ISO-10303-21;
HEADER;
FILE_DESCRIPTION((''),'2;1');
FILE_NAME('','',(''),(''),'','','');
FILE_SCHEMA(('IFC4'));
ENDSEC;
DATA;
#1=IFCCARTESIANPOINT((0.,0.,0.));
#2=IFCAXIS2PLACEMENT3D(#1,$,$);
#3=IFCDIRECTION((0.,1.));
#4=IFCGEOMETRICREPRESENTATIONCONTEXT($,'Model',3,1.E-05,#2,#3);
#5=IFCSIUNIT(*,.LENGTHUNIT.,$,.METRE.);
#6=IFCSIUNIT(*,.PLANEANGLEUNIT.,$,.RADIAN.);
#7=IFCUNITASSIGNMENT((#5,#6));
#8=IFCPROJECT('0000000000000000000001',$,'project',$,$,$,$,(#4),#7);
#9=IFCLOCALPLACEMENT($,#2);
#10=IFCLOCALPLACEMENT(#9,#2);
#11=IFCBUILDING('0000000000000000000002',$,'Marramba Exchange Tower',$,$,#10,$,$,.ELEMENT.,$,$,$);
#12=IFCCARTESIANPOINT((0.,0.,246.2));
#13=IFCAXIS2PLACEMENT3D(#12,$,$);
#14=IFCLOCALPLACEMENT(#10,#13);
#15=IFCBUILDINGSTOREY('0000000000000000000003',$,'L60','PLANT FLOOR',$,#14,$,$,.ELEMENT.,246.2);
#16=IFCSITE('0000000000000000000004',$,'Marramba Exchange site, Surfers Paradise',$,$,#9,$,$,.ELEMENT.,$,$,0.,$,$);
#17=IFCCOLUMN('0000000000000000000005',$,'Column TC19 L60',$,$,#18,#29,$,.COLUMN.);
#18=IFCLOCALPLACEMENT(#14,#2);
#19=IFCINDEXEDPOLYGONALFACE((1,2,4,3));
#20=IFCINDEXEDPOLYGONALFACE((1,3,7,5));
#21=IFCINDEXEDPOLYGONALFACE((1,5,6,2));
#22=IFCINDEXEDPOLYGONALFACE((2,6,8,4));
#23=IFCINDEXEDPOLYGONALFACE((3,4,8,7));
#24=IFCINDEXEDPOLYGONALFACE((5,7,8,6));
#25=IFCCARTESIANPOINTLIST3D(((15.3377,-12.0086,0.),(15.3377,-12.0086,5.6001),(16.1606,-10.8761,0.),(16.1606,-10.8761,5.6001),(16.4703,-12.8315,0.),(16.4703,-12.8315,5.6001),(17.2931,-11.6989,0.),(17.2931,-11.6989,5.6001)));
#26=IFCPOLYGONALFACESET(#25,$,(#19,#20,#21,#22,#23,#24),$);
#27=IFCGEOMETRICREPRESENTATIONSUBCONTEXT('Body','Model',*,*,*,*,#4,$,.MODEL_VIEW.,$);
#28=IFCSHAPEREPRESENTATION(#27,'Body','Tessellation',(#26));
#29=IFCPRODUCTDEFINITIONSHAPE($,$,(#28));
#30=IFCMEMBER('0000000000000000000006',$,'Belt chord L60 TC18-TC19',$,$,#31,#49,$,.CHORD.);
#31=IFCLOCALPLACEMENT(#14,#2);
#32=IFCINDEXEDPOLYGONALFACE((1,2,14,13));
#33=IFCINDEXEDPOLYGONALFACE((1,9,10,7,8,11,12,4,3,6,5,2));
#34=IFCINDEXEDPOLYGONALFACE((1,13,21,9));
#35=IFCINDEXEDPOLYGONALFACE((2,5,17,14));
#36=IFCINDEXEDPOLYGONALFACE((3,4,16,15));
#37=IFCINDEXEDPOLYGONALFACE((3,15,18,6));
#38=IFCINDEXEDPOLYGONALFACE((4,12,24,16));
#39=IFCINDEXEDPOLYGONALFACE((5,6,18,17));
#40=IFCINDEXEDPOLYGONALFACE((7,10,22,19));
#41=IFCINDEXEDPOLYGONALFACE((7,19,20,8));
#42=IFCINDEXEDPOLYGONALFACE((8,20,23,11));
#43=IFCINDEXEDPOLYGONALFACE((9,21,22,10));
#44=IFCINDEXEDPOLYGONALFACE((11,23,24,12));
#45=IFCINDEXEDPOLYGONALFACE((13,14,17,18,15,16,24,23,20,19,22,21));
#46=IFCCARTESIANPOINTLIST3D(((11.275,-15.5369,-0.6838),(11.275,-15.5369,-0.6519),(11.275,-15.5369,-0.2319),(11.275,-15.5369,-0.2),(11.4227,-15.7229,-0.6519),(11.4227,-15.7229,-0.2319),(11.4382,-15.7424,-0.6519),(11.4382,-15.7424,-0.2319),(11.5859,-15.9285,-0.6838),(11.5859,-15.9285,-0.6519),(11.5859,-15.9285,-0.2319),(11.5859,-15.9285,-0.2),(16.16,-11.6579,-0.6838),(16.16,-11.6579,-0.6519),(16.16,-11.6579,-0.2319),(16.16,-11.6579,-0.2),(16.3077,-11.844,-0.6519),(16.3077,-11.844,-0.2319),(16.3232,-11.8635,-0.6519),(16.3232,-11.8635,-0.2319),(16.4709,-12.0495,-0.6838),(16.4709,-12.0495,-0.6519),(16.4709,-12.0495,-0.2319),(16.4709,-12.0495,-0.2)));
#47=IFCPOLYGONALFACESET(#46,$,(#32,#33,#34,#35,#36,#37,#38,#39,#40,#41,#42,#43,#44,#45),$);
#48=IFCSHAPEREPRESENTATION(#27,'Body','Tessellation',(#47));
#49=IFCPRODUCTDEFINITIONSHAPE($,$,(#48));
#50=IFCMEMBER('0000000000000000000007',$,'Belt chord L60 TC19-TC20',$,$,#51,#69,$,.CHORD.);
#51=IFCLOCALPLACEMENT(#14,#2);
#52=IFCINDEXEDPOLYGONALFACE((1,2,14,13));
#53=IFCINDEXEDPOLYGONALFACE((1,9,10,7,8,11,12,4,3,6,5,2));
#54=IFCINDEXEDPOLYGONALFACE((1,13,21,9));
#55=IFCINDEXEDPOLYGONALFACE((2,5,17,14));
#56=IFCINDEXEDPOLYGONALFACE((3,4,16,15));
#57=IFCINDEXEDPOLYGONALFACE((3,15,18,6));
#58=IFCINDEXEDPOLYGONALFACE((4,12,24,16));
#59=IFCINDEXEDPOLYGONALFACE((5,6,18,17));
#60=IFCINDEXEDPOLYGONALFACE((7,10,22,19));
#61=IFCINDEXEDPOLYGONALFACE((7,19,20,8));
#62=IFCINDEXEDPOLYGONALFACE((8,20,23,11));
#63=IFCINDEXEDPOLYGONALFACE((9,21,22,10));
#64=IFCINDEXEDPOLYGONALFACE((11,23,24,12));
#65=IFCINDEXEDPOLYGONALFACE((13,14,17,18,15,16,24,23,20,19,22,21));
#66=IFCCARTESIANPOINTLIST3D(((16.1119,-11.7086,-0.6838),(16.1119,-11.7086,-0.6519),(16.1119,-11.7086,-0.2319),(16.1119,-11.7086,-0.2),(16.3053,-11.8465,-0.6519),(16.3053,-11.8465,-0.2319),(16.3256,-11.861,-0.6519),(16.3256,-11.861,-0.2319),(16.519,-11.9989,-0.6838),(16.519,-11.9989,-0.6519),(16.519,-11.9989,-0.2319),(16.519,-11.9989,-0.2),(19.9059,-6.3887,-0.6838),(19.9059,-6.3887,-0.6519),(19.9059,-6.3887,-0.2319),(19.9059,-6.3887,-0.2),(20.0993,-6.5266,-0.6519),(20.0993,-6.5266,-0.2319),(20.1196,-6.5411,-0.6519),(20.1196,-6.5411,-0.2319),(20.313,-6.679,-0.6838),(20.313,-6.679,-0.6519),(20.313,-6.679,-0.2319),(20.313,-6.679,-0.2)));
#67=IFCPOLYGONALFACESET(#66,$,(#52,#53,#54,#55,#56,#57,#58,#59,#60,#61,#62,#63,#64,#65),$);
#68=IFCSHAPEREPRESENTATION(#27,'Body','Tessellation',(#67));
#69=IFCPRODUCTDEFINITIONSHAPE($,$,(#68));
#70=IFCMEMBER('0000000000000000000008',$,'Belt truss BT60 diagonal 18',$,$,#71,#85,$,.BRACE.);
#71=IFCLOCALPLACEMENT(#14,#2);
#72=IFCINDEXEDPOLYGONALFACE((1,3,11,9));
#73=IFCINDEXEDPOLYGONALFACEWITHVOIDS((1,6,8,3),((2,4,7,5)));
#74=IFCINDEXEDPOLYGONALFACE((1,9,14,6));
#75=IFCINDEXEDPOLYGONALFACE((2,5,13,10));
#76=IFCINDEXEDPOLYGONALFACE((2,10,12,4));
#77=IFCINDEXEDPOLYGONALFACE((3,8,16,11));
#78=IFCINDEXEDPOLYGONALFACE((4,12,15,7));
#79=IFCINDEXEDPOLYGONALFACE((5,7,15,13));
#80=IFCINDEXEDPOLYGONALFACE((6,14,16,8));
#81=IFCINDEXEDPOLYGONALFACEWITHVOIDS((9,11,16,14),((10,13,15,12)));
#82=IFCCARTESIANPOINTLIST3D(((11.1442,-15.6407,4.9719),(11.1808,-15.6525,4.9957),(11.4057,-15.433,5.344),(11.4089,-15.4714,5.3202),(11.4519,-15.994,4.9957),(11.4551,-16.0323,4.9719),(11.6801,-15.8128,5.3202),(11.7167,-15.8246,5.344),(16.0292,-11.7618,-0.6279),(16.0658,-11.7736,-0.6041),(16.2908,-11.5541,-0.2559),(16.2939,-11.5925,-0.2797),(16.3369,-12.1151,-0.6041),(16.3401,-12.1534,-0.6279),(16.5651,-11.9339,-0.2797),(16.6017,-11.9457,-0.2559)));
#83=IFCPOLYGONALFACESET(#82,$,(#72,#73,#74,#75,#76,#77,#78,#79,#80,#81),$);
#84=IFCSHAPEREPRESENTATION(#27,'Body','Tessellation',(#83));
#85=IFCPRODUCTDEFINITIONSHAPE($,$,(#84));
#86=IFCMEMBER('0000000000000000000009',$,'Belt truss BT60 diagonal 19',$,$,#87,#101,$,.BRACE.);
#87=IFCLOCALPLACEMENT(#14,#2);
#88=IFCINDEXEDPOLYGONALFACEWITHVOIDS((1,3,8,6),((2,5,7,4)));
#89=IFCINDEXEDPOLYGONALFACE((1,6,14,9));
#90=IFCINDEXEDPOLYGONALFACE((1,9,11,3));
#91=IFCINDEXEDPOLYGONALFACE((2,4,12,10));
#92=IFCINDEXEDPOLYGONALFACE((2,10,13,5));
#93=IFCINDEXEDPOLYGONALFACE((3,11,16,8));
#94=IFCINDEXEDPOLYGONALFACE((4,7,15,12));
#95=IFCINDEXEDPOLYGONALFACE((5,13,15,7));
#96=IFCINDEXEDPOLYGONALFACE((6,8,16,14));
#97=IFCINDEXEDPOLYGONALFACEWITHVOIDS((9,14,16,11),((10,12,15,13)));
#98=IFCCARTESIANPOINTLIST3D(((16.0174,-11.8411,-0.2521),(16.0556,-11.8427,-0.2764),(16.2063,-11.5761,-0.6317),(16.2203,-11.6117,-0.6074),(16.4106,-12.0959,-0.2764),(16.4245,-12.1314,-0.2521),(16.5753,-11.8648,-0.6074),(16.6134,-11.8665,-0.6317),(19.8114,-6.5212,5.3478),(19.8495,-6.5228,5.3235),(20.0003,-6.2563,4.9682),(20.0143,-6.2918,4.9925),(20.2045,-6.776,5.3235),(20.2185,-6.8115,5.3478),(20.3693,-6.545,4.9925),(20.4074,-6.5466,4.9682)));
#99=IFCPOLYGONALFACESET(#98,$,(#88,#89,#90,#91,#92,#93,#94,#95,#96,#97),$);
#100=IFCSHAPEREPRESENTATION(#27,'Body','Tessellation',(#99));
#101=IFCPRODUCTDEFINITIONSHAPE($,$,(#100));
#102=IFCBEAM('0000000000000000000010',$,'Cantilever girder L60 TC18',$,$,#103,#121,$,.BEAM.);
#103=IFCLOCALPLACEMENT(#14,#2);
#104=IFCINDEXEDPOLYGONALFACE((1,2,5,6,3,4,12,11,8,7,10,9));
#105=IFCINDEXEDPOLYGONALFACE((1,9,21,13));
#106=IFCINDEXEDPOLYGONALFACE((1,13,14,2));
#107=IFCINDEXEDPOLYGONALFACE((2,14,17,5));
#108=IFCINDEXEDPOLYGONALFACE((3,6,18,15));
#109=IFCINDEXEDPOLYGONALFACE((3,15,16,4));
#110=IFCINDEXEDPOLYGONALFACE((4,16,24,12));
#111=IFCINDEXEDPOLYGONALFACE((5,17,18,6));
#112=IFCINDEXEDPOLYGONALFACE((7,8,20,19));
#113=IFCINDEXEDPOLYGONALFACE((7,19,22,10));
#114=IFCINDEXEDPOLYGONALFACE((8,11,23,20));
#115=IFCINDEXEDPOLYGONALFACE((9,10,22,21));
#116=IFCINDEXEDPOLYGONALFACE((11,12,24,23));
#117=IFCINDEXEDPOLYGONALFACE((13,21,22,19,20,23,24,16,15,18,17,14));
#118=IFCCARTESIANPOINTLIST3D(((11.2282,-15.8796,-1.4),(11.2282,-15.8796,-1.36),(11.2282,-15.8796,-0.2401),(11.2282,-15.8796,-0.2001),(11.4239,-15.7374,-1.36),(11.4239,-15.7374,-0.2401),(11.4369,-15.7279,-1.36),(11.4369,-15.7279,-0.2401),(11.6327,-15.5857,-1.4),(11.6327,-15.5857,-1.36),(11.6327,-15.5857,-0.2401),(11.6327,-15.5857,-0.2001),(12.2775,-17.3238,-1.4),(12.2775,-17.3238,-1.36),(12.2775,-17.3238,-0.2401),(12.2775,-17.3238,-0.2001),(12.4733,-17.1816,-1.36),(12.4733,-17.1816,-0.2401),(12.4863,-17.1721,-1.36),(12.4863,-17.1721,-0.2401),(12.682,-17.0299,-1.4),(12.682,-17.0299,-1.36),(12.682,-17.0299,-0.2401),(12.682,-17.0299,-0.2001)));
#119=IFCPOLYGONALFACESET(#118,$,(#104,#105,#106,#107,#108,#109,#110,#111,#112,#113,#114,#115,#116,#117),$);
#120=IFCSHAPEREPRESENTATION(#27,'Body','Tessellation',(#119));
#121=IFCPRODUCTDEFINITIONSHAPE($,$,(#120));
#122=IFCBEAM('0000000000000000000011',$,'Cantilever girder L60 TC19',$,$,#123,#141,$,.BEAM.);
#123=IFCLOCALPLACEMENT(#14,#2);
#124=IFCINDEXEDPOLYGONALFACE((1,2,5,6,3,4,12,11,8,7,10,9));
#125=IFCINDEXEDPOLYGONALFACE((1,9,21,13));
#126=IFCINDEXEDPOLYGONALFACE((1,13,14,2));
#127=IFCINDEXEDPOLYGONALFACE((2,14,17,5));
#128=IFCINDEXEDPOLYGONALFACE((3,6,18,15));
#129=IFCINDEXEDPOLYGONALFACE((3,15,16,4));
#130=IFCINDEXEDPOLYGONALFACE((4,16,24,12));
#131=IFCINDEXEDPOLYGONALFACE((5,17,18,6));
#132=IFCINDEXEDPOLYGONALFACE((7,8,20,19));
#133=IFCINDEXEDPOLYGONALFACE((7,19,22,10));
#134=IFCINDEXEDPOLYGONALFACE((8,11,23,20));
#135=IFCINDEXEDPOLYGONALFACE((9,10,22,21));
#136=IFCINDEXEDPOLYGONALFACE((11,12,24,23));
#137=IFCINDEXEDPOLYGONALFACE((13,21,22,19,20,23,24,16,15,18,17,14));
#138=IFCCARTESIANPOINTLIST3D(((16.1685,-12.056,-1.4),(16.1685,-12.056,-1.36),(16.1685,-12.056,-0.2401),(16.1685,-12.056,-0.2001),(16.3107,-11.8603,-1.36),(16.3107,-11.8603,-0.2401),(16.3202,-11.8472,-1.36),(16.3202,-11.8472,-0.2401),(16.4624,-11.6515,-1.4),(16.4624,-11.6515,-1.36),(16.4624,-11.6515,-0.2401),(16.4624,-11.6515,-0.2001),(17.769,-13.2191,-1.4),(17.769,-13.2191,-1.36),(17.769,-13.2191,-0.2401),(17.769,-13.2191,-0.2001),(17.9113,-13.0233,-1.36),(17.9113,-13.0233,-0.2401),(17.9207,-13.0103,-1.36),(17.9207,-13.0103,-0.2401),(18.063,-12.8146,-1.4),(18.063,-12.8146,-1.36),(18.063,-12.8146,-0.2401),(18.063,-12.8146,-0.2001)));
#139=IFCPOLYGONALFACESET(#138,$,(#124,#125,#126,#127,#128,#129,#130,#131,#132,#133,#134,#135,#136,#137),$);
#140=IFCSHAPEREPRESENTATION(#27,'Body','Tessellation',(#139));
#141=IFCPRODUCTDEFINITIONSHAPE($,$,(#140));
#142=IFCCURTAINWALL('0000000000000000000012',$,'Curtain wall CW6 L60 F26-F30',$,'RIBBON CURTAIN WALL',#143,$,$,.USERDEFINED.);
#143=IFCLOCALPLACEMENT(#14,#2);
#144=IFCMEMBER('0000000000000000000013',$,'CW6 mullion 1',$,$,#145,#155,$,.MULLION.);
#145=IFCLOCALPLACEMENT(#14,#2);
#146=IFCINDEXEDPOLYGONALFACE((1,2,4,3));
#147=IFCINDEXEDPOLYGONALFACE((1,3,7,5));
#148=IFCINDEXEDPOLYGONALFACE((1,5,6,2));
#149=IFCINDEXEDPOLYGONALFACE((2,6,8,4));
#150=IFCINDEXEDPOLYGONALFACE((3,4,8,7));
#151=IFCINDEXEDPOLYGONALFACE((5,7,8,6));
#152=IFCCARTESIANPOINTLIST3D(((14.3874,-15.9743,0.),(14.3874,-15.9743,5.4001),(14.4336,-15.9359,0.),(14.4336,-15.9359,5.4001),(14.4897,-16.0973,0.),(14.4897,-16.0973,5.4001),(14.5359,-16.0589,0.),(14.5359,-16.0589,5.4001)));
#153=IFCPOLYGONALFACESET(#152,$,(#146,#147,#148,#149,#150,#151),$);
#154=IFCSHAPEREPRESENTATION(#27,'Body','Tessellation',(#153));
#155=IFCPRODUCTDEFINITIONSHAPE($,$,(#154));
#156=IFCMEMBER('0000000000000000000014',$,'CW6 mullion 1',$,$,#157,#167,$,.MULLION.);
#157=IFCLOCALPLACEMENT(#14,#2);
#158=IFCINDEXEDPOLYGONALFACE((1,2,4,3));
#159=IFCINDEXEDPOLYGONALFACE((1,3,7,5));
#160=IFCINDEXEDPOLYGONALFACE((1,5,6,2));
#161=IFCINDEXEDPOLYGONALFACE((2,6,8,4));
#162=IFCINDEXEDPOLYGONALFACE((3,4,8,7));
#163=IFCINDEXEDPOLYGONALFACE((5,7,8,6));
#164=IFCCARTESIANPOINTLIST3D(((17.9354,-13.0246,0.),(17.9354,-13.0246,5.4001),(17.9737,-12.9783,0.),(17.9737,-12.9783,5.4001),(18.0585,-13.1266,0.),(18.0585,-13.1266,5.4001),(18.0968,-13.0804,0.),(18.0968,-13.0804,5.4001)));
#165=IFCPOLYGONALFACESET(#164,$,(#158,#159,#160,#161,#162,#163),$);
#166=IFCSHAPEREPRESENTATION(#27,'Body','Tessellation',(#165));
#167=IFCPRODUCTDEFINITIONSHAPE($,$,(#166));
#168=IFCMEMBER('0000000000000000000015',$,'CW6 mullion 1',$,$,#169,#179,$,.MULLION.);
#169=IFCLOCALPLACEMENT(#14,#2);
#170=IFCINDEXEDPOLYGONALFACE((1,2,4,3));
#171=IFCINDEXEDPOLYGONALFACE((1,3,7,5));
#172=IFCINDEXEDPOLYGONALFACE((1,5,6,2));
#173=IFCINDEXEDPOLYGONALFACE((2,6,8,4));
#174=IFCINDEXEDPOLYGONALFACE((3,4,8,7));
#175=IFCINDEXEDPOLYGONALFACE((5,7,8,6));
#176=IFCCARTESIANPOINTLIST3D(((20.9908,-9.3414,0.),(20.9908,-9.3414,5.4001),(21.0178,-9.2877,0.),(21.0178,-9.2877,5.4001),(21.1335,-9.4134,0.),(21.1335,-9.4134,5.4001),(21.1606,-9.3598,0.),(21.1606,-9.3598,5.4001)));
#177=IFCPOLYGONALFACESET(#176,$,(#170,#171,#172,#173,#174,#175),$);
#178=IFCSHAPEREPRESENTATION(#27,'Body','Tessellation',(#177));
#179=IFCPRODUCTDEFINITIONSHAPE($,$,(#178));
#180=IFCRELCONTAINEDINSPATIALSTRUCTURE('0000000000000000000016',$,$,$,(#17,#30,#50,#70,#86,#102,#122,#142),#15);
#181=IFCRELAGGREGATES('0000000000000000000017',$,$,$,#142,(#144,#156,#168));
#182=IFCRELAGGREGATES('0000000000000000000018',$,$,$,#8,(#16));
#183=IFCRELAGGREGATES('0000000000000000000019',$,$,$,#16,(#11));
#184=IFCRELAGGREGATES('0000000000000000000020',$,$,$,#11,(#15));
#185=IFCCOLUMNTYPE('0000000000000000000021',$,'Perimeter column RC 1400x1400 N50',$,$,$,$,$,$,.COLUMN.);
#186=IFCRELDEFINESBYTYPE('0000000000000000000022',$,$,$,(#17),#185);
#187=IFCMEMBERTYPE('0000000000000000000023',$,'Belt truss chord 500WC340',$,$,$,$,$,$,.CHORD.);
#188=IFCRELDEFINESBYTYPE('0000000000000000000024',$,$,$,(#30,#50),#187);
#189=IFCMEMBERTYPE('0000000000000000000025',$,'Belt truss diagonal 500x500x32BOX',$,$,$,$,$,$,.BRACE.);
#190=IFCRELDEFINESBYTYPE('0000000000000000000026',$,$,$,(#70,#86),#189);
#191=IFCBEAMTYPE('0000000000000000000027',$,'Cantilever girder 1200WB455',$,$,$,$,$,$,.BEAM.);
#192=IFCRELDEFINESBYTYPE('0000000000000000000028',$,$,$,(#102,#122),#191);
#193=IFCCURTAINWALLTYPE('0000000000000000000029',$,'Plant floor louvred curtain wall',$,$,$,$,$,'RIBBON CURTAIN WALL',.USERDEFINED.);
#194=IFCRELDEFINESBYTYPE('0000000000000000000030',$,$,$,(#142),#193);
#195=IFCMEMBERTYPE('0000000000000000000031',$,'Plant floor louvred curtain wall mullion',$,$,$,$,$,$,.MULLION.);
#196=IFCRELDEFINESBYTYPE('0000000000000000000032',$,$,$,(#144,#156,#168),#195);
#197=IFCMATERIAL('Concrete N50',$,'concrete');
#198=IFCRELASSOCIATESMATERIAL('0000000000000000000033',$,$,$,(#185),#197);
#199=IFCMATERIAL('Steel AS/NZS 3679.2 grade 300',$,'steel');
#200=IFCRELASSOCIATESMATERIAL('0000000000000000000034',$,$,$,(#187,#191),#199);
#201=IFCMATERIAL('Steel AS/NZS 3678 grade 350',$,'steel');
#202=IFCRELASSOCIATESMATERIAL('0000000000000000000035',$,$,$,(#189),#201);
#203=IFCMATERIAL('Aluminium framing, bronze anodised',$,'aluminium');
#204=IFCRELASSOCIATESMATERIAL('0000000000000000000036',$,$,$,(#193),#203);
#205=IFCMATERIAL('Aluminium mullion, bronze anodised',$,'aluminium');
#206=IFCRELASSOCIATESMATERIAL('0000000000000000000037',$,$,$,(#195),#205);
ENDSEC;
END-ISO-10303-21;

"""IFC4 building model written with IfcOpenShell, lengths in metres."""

from ifc_helpers import new_model, si_unit, direction, frame, origin, origin_2d, place, context, subcontext, project, spatial, rectangle, hollow_rectangle, i_section, extrude, material, material_profile, profile_set, type_object, element, aggregate, save


model = new_model("IFC4")

# Units and contexts
model_context = context("Model", 3, precision=1e-05, world=origin(), true_north=direction((0.0, 1.0)))
body_context = subcontext(model_context, "Body", "Model", "MODEL_VIEW")
ifc_project = project(units=[si_unit("LENGTHUNIT", "METRE"), si_unit("PLANEANGLEUNIT", "RADIAN")], contexts=[model_context])

# Site, building, storey
site_placement = place(None, origin())
site = spatial("IfcSite", under=ifc_project, at=site_placement, Name="Marramba Exchange site, Surfers Paradise", CompositionType="ELEMENT", RefElevation=0.0)
building_placement = place(site_placement, origin())
building = spatial("IfcBuilding", under=site, at=building_placement, Name="Marramba Exchange Tower", CompositionType="ELEMENT")
storey_placement = place(building_placement, frame((0.0, 0.0, 246.2)))
storey = spatial("IfcBuildingStorey", under=building, at=storey_placement, Name="L60", Description="PLANT FLOOR", CompositionType="ELEMENT", Elevation=246.2)

# Column
ifc_material_1 = material(Name="Concrete N50", Category="concrete")
ifc_material_profile_1 = material_profile(ifc_material_1, rectangle(XDim=1.3999, YDim=1.3999, at=origin_2d()), Name="RC 1400x1400")
ifc_profile_set_1 = profile_set([ifc_material_profile_1], Name="Concrete N50")
column_type = type_object("IfcColumnType", Name="Perimeter column RC 1400x1400 N50", PredefinedType="COLUMN", material=ifc_profile_set_1)
column_placement = place(storey_placement, frame((16.3154, -11.8538, 0.0), z_axis=(0.0, 0.0, 1.0), x_axis=(0.809017, -0.587785, 0.0)))
element("IfcColumn", 1, at=column_placement, inside=storey, type_object=column_type, Name="Column TC19 L60", PredefinedType="COLUMN", context=body_context, shape_type="SweptSolid", body=[
    extrude(rectangle(XDim=1.3999, YDim=1.3999, at=origin_2d()), origin(), (0.0, 0.0, 1.0), 5.6001),
])

# Members
ifc_material_2 = material(Name="Steel AS/NZS 3679.2 grade 300", Category="steel")
ifc_material_profile_2 = material_profile(ifc_material_2, i_section(OverallWidth=0.5, OverallDepth=0.4839, WebThickness=0.0249, FlangeThickness=0.032, at=origin_2d()), Name="500WC340")
ifc_profile_set_2 = profile_set([ifc_material_profile_2], Name="Steel AS/NZS 3679.2 grade 300")
member_type_1 = type_object("IfcMemberType", Name="Belt truss chord 500WC340", PredefinedType="CHORD", material=ifc_profile_set_2)
member_1_placement = place(storey_placement, frame((11.4304, -15.7327, -0.4419), z_axis=(0.783139, 0.621846, 0.0), x_axis=(-0.621846, 0.783139, 0.0)))
element("IfcMember", 2, at=member_1_placement, inside=storey, type_object=member_type_1, Name="Belt chord L60 TC18-TC19", PredefinedType="CHORD", context=body_context, shape_type="SweptSolid", body=[
    extrude(i_section(OverallWidth=0.5, OverallDepth=0.4839, WebThickness=0.0249, FlangeThickness=0.032, at=origin_2d()), origin(), (0.0, 0.0, 1.0), 6.2378),
])
member_2_placement = place(storey_placement, frame((16.3154, -11.8538, -0.4419), z_axis=(0.580637, 0.814162, 0.0), x_axis=(-0.814162, 0.580637, 0.0)))
element("IfcMember", 3, at=member_2_placement, inside=storey, type_object=member_type_1, Name="Belt chord L60 TC19-TC20", PredefinedType="CHORD", context=body_context, shape_type="SweptSolid", body=[
    extrude(i_section(OverallWidth=0.5, OverallDepth=0.4839, WebThickness=0.0249, FlangeThickness=0.032, at=origin_2d()), origin(), (0.0, 0.0, 1.0), 6.5342),
])
ifc_material_3 = material(Name="Steel AS/NZS 3678 grade 350", Category="steel")
ifc_material_profile_3 = material_profile(ifc_material_3, hollow_rectangle(XDim=0.5, YDim=0.5, WallThickness=0.032, at=origin_2d()), Name="500x500x32BOX")
ifc_profile_set_3 = profile_set([ifc_material_profile_3], Name="Steel AS/NZS 3678 grade 350")
member_type_2 = type_object("IfcMemberType", Name="Belt truss diagonal 500x500x32BOX", PredefinedType="BRACE", material=ifc_profile_set_3)
member_3_placement = place(storey_placement, frame((11.4304, -15.7327, 5.158), z_axis=(0.582758, 0.462734, -0.668035), x_axis=(-0.621846, 0.783139, 0.0)))
element("IfcMember", 4, at=member_3_placement, inside=storey, type_object=member_type_2, Name="Belt truss BT60 diagonal 18", PredefinedType="BRACE", context=body_context, shape_type="SweptSolid", body=[
    extrude(hollow_rectangle(XDim=0.5, YDim=0.5, WallThickness=0.032, at=origin_2d()), origin(), (0.0, 0.0, 1.0), 8.3826),
])
member_4_placement = place(storey_placement, frame((16.3154, -11.8538, -0.4419), z_axis=(0.44088, 0.618196, 0.650737), x_axis=(-0.814162, 0.580637, 0.0)))
element("IfcMember", 5, at=member_4_placement, inside=storey, type_object=member_type_2, Name="Belt truss BT60 diagonal 19", PredefinedType="BRACE", context=body_context, shape_type="SweptSolid", body=[
    extrude(hollow_rectangle(XDim=0.5, YDim=0.5, WallThickness=0.032, at=origin_2d()), origin(), (0.0, 0.0, 1.0), 8.6055),
])

# Beams
ifc_material_profile_4 = material_profile(ifc_material_2, i_section(OverallWidth=0.5, OverallDepth=1.2, WebThickness=0.0161, FlangeThickness=0.04, at=origin_2d()), Name="1200WB455")
ifc_profile_set_4 = profile_set([ifc_material_profile_4], Name="Steel AS/NZS 3679.2 grade 300")
beam_type_1 = type_object("IfcBeamType", Name="Cantilever girder 1200WB455", PredefinedType="BEAM", material=ifc_profile_set_4)
beam_1_placement = place(storey_placement, frame((11.4304, -15.7327, -0.8), z_axis=(0.58783, -0.808984, 0.0), x_axis=(0.808984, 0.58783, 0.0)))
element("IfcBeam", 6, at=beam_1_placement, inside=storey, type_object=beam_type_1, Name="Cantilever girder L60 TC18", PredefinedType="BEAM", context=body_context, shape_type="SweptSolid", body=[
    extrude(i_section(OverallWidth=0.5, OverallDepth=1.2, WebThickness=0.0161, FlangeThickness=0.04, at=origin_2d()), origin(), (0.0, 0.0, 1.0), 1.7852),
])
beam_2_placement = place(storey_placement, frame((16.3154, -11.8538, -0.8), z_axis=(0.808971, -0.587849, 0.0), x_axis=(0.587849, 0.808971, 0.0)))
element("IfcBeam", 7, at=beam_2_placement, inside=storey, type_object=beam_type_1, Name="Cantilever girder L60 TC19", PredefinedType="BEAM", context=body_context, shape_type="SweptSolid", body=[
    extrude(i_section(OverallWidth=0.5, OverallDepth=1.2, WebThickness=0.0161, FlangeThickness=0.04, at=origin_2d()), origin(), (0.0, 0.0, 1.0), 1.9785),
])

# Curtain wall, members
ifc_material_4 = material(Name="Aluminium framing, bronze anodised", Category="aluminium")
curtain_wall_type = type_object("IfcCurtainWallType", Name="Plant floor louvred curtain wall", ElementType="RIBBON CURTAIN WALL", PredefinedType="USERDEFINED", material=ifc_material_4)
curtain_wall_placement = place(storey_placement, origin())
curtain_wall = element("IfcCurtainWall", 8, at=curtain_wall_placement, inside=storey, type_object=curtain_wall_type, Name="Curtain wall CW6 L60 F26-F30", ObjectType="RIBBON CURTAIN WALL", PredefinedType="USERDEFINED")
ifc_material_5 = material(Name="Aluminium mullion, bronze anodised", Category="aluminium")
ifc_material_profile_5 = material_profile(ifc_material_5, rectangle(XDim=0.1599, YDim=0.0601, at=origin_2d()), Name="CW6 mullion 60x160")
ifc_profile_set_5 = profile_set([ifc_material_profile_5], Name="Aluminium mullion, bronze anodised")
member_type_3 = type_object("IfcMemberType", Name="Plant floor louvred curtain wall mullion", PredefinedType="MULLION", material=ifc_profile_set_5)
member_5_placement = place(storey_placement, frame((14.4617, -16.0166, 0.0), z_axis=(0.0, 0.0, 1.0), x_axis=(-0.639565, 0.768737, 0.0)))
member_5 = element("IfcMember", 9, at=member_5_placement, type_object=member_type_3, Name="CW6 mullion 1", PredefinedType="MULLION", context=body_context, shape_type="SweptSolid", body=[
    extrude(rectangle(XDim=0.1599, YDim=0.0601, at=origin_2d()), origin(), (0.0, 0.0, 1.0), 5.4001),
])
member_6_placement = place(storey_placement, frame((18.0161, -13.0525, 0.0), z_axis=(0.0, 0.0, 1.0), x_axis=(-0.769912, 0.63815, 0.0)))
member_6 = element("IfcMember", 10, at=member_6_placement, type_object=member_type_3, Name="CW6 mullion 1", PredefinedType="MULLION", context=body_context, shape_type="SweptSolid", body=[
    extrude(rectangle(XDim=0.1599, YDim=0.0601, at=origin_2d()), origin(), (0.0, 0.0, 1.0), 5.4001),
])
member_7_placement = place(storey_placement, frame((21.0757, -9.3506, 0.0), z_axis=(0.0, 0.0, 1.0), x_axis=(-0.892689, 0.450673, 0.0)))
member_7 = element("IfcMember", 11, at=member_7_placement, type_object=member_type_3, Name="CW6 mullion 1", PredefinedType="MULLION", context=body_context, shape_type="SweptSolid", body=[
    extrude(rectangle(XDim=0.1599, YDim=0.0601, at=origin_2d()), origin(), (0.0, 0.0, 1.0), 5.4001),
])

aggregate(curtain_wall, [member_5, member_6, member_7])

save(model, "model.ifc")
